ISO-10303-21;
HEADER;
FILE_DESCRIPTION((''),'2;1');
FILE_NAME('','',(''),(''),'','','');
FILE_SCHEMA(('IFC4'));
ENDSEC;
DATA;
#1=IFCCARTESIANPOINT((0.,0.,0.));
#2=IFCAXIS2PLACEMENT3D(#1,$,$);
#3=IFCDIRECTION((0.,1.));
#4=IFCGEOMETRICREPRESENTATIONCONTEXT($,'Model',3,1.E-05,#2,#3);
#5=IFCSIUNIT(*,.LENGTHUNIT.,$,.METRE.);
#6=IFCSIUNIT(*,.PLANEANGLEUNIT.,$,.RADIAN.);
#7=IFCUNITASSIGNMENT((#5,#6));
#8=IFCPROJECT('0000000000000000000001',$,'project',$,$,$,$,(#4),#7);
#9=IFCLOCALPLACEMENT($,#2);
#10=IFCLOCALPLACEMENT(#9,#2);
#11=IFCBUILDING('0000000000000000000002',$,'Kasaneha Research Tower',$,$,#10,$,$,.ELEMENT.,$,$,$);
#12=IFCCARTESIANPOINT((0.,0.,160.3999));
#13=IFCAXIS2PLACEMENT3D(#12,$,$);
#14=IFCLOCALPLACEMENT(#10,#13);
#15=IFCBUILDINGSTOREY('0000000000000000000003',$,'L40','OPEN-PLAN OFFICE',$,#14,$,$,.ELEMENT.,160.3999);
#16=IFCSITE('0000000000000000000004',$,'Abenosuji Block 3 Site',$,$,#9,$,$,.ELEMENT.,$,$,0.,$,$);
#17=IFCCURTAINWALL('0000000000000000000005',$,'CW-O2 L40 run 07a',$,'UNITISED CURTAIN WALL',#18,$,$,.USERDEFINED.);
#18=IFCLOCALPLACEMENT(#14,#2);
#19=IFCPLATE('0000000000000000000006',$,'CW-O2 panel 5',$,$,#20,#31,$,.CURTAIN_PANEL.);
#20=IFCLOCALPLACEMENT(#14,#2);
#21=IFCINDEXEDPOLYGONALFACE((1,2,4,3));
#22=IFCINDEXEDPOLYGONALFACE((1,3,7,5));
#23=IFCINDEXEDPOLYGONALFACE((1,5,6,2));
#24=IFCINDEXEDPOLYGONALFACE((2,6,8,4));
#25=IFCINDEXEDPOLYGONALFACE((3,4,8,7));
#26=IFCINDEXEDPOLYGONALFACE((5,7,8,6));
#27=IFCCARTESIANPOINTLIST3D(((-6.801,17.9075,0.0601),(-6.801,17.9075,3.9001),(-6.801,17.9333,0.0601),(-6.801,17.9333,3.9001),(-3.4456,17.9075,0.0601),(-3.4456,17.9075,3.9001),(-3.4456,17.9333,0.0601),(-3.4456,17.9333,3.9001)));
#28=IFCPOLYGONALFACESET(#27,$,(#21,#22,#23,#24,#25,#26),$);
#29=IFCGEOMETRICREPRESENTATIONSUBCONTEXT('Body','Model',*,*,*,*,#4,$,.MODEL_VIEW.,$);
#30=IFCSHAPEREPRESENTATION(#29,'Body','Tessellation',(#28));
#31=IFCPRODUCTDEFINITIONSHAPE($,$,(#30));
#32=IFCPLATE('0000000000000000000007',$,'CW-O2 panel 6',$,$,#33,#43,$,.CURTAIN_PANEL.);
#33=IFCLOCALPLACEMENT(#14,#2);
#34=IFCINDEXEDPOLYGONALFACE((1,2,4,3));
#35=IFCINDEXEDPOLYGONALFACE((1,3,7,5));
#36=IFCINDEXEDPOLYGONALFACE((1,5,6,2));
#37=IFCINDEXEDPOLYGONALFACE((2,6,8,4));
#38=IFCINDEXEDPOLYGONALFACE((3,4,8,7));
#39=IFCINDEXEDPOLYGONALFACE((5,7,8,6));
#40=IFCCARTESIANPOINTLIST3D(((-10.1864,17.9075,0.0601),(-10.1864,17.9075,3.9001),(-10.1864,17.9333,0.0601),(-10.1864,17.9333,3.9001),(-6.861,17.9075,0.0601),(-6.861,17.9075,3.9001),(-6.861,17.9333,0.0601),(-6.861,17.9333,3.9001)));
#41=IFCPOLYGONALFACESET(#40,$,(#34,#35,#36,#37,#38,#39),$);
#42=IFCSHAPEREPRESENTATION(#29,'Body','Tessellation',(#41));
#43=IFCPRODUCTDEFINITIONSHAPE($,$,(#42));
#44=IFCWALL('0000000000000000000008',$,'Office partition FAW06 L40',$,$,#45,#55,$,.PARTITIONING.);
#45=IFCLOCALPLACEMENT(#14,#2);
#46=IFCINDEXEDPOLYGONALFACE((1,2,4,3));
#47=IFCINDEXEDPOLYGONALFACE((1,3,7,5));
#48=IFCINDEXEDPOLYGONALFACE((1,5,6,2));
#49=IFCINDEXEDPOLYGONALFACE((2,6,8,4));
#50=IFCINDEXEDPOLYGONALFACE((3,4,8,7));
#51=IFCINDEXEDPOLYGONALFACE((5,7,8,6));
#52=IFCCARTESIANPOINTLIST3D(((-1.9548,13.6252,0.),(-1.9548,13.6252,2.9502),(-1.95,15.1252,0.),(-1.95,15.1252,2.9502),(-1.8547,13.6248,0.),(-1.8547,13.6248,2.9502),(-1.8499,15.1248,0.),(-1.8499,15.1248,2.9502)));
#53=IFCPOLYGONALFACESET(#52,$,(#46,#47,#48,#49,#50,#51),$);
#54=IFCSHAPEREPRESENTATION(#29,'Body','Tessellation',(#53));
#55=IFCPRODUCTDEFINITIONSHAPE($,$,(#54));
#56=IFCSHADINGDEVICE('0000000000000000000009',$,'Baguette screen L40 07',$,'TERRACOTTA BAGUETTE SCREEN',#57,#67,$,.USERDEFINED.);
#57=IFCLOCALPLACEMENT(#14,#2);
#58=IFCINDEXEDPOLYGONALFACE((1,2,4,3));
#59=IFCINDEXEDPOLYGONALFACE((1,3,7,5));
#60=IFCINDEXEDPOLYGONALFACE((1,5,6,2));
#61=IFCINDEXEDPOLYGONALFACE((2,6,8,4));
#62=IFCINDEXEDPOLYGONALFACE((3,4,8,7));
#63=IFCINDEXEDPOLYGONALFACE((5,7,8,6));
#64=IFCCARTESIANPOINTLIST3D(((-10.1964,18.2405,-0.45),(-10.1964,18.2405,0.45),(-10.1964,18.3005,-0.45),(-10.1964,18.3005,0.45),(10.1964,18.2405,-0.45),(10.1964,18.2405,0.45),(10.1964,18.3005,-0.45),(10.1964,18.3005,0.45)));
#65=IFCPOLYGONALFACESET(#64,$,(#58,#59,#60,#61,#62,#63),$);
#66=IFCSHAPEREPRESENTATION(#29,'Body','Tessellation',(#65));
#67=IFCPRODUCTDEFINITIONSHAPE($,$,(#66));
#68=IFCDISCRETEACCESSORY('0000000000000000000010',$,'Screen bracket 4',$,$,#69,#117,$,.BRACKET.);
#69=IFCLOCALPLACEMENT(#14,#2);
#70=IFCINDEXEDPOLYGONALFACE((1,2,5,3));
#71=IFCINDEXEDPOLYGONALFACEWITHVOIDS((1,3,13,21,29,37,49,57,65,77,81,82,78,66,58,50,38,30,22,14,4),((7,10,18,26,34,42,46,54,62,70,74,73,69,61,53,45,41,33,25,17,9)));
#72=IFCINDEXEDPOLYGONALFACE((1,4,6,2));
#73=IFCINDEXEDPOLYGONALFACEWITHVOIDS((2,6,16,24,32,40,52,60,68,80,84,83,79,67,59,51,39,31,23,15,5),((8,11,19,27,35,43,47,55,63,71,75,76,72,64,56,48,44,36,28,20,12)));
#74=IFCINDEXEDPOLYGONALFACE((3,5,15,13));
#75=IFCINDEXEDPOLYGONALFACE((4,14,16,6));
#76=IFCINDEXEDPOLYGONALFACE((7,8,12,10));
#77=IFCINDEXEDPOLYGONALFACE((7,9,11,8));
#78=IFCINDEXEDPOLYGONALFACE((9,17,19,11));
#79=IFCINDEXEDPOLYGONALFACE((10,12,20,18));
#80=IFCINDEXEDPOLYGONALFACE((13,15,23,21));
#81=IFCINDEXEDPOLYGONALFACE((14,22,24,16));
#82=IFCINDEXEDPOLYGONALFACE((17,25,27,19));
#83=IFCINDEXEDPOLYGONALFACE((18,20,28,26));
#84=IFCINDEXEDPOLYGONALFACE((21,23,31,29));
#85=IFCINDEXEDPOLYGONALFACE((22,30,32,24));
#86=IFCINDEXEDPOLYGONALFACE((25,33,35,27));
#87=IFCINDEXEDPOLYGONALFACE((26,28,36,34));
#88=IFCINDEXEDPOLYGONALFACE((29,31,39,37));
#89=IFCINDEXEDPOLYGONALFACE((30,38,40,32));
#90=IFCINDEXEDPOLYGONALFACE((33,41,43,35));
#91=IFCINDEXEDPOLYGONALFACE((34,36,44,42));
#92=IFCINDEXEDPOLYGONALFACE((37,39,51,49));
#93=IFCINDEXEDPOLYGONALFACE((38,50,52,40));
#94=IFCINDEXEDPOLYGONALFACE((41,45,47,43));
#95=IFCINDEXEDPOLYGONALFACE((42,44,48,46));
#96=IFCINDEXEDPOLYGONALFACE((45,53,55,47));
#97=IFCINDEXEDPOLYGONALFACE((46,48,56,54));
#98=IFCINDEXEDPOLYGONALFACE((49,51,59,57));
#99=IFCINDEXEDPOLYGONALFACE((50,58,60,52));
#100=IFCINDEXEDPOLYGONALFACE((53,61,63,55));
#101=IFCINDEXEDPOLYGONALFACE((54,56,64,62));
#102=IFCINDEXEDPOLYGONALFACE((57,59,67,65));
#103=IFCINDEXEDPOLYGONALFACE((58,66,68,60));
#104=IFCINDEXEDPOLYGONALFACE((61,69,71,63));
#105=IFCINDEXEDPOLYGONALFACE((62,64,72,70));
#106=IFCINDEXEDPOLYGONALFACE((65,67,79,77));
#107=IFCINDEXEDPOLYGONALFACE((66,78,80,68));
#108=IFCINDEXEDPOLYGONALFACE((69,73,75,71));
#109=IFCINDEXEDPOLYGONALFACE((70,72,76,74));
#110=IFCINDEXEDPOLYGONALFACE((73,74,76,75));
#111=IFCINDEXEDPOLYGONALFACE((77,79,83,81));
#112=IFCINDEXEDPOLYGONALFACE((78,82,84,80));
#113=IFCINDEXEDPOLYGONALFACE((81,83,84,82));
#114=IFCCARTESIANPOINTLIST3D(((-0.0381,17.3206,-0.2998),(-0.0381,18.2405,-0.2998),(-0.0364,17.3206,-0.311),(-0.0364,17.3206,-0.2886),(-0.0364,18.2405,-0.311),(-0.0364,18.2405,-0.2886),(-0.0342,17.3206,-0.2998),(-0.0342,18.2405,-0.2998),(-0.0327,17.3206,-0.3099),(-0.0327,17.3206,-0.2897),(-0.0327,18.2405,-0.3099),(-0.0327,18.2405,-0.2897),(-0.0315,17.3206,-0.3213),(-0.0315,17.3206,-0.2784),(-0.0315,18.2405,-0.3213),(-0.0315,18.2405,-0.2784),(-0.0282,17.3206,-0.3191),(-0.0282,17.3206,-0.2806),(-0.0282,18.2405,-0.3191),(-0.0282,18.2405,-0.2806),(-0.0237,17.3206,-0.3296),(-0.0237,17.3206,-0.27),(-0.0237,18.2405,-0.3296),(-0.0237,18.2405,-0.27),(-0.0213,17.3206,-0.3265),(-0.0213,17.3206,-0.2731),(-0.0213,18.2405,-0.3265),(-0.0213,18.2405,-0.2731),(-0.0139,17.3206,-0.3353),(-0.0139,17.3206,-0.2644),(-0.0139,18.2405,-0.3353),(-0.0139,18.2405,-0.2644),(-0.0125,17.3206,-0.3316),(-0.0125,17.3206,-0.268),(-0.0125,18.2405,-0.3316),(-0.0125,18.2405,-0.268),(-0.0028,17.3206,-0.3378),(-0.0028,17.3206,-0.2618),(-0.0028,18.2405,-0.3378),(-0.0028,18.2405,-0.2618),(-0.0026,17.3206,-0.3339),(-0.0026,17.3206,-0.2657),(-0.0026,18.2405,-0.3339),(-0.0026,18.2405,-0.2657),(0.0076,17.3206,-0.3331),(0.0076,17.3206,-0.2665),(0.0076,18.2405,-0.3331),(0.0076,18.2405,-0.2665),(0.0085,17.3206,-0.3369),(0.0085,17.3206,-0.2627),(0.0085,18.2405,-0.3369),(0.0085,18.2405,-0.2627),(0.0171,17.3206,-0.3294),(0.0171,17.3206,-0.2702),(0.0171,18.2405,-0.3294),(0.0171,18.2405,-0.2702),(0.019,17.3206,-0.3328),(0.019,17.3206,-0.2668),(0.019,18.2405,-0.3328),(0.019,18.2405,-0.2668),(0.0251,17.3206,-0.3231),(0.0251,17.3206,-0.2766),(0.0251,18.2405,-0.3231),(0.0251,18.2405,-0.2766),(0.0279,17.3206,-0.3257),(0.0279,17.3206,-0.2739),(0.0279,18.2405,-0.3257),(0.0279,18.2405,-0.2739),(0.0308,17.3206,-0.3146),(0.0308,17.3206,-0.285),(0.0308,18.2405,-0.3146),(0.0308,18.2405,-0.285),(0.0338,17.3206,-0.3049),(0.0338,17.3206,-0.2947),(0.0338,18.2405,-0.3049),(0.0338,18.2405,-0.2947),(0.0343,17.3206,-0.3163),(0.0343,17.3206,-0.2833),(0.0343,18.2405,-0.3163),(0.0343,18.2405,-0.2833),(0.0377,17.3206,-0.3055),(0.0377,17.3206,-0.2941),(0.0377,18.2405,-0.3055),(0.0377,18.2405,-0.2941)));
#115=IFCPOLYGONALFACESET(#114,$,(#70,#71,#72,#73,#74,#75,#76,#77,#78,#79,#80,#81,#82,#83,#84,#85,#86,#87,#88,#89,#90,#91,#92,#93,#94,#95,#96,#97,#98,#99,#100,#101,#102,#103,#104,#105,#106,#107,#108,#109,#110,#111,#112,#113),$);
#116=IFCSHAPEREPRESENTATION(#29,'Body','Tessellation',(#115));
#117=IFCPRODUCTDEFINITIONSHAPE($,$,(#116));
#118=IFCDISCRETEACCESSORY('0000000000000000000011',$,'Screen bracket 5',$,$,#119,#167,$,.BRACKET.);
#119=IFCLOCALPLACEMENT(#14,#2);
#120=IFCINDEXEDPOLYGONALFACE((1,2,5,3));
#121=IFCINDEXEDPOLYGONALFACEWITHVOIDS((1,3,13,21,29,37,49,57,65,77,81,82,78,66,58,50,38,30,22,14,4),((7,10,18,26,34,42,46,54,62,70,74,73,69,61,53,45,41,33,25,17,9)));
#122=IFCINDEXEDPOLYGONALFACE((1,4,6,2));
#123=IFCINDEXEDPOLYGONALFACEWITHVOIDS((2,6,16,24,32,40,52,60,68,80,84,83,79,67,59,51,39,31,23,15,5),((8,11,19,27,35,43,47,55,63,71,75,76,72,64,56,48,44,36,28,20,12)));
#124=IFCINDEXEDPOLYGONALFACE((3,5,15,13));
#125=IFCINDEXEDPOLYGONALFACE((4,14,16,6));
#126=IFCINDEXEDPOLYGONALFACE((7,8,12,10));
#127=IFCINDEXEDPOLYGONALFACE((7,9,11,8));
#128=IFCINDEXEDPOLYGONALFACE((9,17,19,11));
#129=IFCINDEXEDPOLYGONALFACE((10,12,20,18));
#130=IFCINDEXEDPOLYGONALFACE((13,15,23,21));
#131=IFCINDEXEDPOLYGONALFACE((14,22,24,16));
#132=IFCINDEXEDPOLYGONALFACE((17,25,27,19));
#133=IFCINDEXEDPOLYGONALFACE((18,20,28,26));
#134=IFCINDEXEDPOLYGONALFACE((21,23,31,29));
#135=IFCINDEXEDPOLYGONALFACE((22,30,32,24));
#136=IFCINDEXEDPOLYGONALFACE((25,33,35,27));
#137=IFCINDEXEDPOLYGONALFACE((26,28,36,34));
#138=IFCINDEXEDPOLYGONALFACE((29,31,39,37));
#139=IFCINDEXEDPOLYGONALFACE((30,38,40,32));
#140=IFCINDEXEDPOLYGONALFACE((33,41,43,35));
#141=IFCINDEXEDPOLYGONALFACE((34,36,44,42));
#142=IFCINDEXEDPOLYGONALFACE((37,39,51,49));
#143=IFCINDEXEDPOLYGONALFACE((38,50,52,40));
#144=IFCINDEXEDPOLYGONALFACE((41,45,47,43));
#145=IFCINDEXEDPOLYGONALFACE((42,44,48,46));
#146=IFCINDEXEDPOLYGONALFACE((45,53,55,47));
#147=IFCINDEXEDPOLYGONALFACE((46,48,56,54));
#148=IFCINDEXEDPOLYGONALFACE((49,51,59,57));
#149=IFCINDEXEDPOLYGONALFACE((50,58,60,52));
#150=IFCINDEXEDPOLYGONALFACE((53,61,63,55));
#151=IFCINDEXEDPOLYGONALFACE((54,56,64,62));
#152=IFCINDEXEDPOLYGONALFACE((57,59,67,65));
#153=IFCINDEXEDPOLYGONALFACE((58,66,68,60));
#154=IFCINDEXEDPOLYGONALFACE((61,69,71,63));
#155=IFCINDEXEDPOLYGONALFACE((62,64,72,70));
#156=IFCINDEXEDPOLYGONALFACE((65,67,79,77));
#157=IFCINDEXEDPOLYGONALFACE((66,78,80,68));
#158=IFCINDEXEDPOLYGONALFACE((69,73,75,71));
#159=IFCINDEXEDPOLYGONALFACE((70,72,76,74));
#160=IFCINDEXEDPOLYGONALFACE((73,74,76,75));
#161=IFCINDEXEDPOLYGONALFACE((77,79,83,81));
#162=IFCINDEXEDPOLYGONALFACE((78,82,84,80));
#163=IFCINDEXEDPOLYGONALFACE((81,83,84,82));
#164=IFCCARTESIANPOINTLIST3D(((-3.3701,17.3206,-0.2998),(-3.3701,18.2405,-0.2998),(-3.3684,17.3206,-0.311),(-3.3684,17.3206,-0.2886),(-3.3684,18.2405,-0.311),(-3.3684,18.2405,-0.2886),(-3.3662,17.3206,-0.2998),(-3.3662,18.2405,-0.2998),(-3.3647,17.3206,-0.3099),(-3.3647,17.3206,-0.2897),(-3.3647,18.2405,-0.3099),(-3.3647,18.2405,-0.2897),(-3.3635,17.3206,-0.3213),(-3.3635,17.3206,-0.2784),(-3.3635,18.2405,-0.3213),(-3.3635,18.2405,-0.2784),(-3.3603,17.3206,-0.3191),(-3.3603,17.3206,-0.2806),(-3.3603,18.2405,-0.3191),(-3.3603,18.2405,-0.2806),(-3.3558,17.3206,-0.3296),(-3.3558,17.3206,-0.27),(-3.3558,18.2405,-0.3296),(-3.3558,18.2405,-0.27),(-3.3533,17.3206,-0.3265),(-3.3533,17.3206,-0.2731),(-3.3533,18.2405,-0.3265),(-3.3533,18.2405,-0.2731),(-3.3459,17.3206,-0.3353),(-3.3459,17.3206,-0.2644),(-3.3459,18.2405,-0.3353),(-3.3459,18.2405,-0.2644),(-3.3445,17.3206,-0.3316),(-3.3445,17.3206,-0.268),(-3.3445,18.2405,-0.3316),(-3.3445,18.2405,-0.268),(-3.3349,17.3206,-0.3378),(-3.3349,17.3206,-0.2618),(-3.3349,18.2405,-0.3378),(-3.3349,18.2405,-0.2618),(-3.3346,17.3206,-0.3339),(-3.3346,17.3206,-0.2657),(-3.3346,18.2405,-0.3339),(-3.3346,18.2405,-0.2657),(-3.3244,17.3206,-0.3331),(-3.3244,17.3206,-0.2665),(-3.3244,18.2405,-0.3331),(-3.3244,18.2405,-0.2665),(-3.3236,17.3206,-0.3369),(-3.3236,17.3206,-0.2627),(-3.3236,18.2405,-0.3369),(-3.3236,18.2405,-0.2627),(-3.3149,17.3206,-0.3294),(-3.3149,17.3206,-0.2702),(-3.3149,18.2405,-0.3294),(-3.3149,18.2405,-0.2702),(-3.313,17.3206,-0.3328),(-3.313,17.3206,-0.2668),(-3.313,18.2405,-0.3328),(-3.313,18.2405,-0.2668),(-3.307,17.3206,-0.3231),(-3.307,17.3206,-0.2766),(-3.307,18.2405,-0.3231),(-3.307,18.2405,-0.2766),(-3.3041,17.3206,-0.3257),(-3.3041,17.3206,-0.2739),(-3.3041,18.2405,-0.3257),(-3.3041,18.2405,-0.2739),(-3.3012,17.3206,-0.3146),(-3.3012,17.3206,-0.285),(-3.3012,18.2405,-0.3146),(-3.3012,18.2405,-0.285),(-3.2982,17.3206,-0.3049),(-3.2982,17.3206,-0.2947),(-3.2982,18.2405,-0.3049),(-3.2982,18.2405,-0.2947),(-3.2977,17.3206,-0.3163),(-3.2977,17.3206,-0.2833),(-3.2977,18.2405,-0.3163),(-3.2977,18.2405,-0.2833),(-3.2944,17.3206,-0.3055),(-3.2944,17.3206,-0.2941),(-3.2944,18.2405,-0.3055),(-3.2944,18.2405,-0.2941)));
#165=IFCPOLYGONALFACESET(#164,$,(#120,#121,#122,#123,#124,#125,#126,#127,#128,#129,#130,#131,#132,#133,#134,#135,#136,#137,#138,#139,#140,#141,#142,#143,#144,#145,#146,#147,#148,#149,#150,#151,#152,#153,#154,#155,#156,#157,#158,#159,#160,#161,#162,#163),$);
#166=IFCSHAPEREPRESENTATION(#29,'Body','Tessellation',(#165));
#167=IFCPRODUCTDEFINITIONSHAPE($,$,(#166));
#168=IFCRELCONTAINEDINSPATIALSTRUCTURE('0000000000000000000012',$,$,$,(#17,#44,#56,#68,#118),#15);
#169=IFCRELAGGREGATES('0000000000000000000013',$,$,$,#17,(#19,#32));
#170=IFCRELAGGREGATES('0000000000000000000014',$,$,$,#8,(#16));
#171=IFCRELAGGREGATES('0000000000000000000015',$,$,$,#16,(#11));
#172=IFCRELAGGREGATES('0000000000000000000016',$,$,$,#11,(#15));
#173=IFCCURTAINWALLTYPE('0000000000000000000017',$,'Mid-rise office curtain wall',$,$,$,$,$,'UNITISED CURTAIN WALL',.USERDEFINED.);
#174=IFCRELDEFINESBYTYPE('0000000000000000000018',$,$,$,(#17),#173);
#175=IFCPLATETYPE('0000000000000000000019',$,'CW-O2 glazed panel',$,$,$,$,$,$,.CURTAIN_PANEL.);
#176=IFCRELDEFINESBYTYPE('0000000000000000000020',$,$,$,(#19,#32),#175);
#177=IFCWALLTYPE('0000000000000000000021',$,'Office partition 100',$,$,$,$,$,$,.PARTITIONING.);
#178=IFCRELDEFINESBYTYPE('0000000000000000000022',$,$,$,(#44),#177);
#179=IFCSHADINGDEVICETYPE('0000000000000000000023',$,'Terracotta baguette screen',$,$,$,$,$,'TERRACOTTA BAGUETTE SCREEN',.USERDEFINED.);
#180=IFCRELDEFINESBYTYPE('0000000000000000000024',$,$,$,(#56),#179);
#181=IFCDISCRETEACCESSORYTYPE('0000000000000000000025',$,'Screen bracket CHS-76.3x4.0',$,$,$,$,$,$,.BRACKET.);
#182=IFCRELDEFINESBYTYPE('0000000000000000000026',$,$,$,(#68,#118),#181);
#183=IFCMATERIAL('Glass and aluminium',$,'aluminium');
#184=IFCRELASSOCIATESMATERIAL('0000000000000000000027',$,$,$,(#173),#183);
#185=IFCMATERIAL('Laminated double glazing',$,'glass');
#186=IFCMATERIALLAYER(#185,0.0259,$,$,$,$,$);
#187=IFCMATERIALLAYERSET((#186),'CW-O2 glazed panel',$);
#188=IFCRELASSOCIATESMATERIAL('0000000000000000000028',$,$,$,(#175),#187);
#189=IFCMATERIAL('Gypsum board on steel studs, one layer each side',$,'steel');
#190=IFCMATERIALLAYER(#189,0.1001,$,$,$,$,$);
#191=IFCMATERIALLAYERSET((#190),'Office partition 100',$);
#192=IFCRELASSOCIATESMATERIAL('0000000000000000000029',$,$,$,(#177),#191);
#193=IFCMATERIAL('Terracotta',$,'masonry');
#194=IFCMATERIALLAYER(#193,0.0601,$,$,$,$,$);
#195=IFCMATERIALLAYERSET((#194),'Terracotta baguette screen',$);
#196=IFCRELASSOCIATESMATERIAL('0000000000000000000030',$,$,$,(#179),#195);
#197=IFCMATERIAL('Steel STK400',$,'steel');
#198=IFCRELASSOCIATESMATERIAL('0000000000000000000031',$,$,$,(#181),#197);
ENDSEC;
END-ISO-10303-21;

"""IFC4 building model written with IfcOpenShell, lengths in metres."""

from ifc_helpers import new_model, si_unit, direction, frame, frame_2d, origin, origin_2d, place, context, subcontext, project, spatial, rectangle, hollow_circle, extrude, material, layer, layer_set, material_profile, profile_set, type_object, element, aggregate, save


model = new_model("IFC4")

# Units and contexts
model_context = context("Model", 3, precision=1e-05, world=origin(), true_north=direction((0.0, 1.0)))
body_context = subcontext(model_context, "Body", "Model", "MODEL_VIEW")
ifc_project = project(units=[si_unit("LENGTHUNIT", "METRE"), si_unit("PLANEANGLEUNIT", "RADIAN")], contexts=[model_context])

# Site, building, storey
site_placement = place(None, origin())
site = spatial("IfcSite", under=ifc_project, at=site_placement, Name="Abenosuji Block 3 Site", CompositionType="ELEMENT", RefElevation=0.0)
building_placement = place(site_placement, origin())
building = spatial("IfcBuilding", under=site, at=building_placement, Name="Kasaneha Research Tower", CompositionType="ELEMENT")
storey_placement = place(building_placement, frame((0.0, 0.0, 160.3999)))
storey = spatial("IfcBuildingStorey", under=building, at=storey_placement, Name="L40", Description="OPEN-PLAN OFFICE", CompositionType="ELEMENT", Elevation=160.3999)

# Curtain wall, plates
ifc_material_1 = material(Name="Glass and aluminium", Category="aluminium")
curtain_wall_type = type_object("IfcCurtainWallType", Name="Mid-rise office curtain wall", ElementType="UNITISED CURTAIN WALL", PredefinedType="USERDEFINED", material=ifc_material_1)
curtain_wall_placement = place(storey_placement, origin())
curtain_wall = element("IfcCurtainWall", 1, at=curtain_wall_placement, inside=storey, type_object=curtain_wall_type, Name="CW-O2 L40 run 07a", ObjectType="UNITISED CURTAIN WALL", PredefinedType="USERDEFINED")
ifc_material_2 = material(Name="Laminated double glazing", Category="glass")
ifc_layer_1 = layer(ifc_material_2, 0.0259)
ifc_layer_set_1 = layer_set([ifc_layer_1], Name="CW-O2 glazed panel")
plate_type = type_object("IfcPlateType", Name="CW-O2 glazed panel", PredefinedType="CURTAIN_PANEL", material=ifc_layer_set_1)
plate_1_placement = place(storey_placement, frame((-5.1233, 17.9204, 0.0601), z_axis=(0.0, 0.0, 1.0), x_axis=(-1.0, 0.0, 0.0)))
plate_1 = element("IfcPlate", 2, at=plate_1_placement, type_object=plate_type, Name="CW-O2 panel 5", PredefinedType="CURTAIN_PANEL", context=body_context, shape_type="SweptSolid", body=[
    extrude(rectangle(XDim=3.3555, YDim=0.0259, at=origin_2d()), origin(), (0.0, 0.0, 1.0), 3.8401),
])
plate_2_placement = place(storey_placement, frame((-8.5237, 17.9204, 0.0601), z_axis=(0.0, 0.0, 1.0), x_axis=(-1.0, 0.0, 0.0)))
plate_2 = element("IfcPlate", 3, at=plate_2_placement, type_object=plate_type, Name="CW-O2 panel 6", PredefinedType="CURTAIN_PANEL", context=body_context, shape_type="SweptSolid", body=[
    extrude(rectangle(XDim=3.3254, YDim=0.0259, at=origin_2d()), origin(), (0.0, 0.0, 1.0), 3.8401),
])
aggregate(curtain_wall, [plate_1, plate_2])

# Wall
ifc_material_3 = material(Name="Gypsum board on steel studs, one layer each side", Category="steel")
ifc_layer_2 = layer(ifc_material_3, 0.1001)
ifc_layer_set_2 = layer_set([ifc_layer_2], Name="Office partition 100")
wall_type = type_object("IfcWallType", Name="Office partition 100", PredefinedType="PARTITIONING", material=ifc_layer_set_2)
wall_placement = place(storey_placement, frame((-1.8999, 15.125, 0.0), z_axis=(0.0, 0.0, 1.0), x_axis=(-0.003255, -0.999995, 0.0)))
element("IfcWall", 4, at=wall_placement, inside=storey, type_object=wall_type, Name="Office partition FAW06 L40", PredefinedType="PARTITIONING", context=body_context, shape_type="SweptSolid", body=[
    extrude(rectangle(XDim=1.5, YDim=0.1001, at=frame_2d((0.75, 0.0))), origin(), (0.0, 0.0, 1.0), 2.9502),
])

# Shading device
ifc_material_4 = material(Name="Terracotta", Category="masonry")
ifc_layer_3 = layer(ifc_material_4, 0.0601)
ifc_layer_set_3 = layer_set([ifc_layer_3], Name="Terracotta baguette screen")
shading_device_type = type_object("IfcShadingDeviceType", Name="Terracotta baguette screen", ElementType="TERRACOTTA BAGUETTE SCREEN", PredefinedType="USERDEFINED", material=ifc_layer_set_3)
shading_device_placement = place(storey_placement, frame((0.0, 18.2705, -0.45), z_axis=(0.0, 0.0, 1.0), x_axis=(-1.0, 0.0, 0.0)))
element("IfcShadingDevice", 5, at=shading_device_placement, inside=storey, type_object=shading_device_type, Name="Baguette screen L40 07", ObjectType="TERRACOTTA BAGUETTE SCREEN", PredefinedType="USERDEFINED", context=body_context, shape_type="SweptSolid", body=[
    extrude(rectangle(XDim=20.3928, YDim=0.0601, at=origin_2d()), origin(), (0.0, 0.0, 1.0), 0.8999),
])

# Discrete accessories
ifc_material_5 = material(Name="Steel STK400", Category="steel")
ifc_material_profile_1 = material_profile(ifc_material_5, hollow_circle(Radius=0.0381, WallThickness=0.0039, at=origin_2d()), Name="CHS-76.3x4.0")
ifc_profile_set_1 = profile_set([ifc_material_profile_1], Name="Steel STK400")
discrete_accessory_type = type_object("IfcDiscreteAccessoryType", Name="Screen bracket CHS-76.3x4.0", PredefinedType="BRACKET", material=ifc_profile_set_1)
for number, where, z_axis, x_axis, name in (
    (6, (0.0, 17.3206, -0.2998), (0.0, 1.0, 0.0), (-1.0, 0.0, 0.0), "Screen bracket 4"),
    (7, (-3.332, 17.3206, -0.2998), (0.0, 1.0, 0.0), (-1.0, 0.0, 0.0), "Screen bracket 5"),
):
    element("IfcDiscreteAccessory", number, at=place(storey_placement, frame(where, z_axis=z_axis, x_axis=x_axis)), inside=storey, type_object=discrete_accessory_type, Name=name, PredefinedType="BRACKET", context=body_context, shape_type="SweptSolid", body=[
        extrude(hollow_circle(Radius=0.0381, WallThickness=0.0039, at=origin_2d()), origin(), (0.0, 0.0, 1.0), 0.9199),
    ])

save(model, "model.ifc")
